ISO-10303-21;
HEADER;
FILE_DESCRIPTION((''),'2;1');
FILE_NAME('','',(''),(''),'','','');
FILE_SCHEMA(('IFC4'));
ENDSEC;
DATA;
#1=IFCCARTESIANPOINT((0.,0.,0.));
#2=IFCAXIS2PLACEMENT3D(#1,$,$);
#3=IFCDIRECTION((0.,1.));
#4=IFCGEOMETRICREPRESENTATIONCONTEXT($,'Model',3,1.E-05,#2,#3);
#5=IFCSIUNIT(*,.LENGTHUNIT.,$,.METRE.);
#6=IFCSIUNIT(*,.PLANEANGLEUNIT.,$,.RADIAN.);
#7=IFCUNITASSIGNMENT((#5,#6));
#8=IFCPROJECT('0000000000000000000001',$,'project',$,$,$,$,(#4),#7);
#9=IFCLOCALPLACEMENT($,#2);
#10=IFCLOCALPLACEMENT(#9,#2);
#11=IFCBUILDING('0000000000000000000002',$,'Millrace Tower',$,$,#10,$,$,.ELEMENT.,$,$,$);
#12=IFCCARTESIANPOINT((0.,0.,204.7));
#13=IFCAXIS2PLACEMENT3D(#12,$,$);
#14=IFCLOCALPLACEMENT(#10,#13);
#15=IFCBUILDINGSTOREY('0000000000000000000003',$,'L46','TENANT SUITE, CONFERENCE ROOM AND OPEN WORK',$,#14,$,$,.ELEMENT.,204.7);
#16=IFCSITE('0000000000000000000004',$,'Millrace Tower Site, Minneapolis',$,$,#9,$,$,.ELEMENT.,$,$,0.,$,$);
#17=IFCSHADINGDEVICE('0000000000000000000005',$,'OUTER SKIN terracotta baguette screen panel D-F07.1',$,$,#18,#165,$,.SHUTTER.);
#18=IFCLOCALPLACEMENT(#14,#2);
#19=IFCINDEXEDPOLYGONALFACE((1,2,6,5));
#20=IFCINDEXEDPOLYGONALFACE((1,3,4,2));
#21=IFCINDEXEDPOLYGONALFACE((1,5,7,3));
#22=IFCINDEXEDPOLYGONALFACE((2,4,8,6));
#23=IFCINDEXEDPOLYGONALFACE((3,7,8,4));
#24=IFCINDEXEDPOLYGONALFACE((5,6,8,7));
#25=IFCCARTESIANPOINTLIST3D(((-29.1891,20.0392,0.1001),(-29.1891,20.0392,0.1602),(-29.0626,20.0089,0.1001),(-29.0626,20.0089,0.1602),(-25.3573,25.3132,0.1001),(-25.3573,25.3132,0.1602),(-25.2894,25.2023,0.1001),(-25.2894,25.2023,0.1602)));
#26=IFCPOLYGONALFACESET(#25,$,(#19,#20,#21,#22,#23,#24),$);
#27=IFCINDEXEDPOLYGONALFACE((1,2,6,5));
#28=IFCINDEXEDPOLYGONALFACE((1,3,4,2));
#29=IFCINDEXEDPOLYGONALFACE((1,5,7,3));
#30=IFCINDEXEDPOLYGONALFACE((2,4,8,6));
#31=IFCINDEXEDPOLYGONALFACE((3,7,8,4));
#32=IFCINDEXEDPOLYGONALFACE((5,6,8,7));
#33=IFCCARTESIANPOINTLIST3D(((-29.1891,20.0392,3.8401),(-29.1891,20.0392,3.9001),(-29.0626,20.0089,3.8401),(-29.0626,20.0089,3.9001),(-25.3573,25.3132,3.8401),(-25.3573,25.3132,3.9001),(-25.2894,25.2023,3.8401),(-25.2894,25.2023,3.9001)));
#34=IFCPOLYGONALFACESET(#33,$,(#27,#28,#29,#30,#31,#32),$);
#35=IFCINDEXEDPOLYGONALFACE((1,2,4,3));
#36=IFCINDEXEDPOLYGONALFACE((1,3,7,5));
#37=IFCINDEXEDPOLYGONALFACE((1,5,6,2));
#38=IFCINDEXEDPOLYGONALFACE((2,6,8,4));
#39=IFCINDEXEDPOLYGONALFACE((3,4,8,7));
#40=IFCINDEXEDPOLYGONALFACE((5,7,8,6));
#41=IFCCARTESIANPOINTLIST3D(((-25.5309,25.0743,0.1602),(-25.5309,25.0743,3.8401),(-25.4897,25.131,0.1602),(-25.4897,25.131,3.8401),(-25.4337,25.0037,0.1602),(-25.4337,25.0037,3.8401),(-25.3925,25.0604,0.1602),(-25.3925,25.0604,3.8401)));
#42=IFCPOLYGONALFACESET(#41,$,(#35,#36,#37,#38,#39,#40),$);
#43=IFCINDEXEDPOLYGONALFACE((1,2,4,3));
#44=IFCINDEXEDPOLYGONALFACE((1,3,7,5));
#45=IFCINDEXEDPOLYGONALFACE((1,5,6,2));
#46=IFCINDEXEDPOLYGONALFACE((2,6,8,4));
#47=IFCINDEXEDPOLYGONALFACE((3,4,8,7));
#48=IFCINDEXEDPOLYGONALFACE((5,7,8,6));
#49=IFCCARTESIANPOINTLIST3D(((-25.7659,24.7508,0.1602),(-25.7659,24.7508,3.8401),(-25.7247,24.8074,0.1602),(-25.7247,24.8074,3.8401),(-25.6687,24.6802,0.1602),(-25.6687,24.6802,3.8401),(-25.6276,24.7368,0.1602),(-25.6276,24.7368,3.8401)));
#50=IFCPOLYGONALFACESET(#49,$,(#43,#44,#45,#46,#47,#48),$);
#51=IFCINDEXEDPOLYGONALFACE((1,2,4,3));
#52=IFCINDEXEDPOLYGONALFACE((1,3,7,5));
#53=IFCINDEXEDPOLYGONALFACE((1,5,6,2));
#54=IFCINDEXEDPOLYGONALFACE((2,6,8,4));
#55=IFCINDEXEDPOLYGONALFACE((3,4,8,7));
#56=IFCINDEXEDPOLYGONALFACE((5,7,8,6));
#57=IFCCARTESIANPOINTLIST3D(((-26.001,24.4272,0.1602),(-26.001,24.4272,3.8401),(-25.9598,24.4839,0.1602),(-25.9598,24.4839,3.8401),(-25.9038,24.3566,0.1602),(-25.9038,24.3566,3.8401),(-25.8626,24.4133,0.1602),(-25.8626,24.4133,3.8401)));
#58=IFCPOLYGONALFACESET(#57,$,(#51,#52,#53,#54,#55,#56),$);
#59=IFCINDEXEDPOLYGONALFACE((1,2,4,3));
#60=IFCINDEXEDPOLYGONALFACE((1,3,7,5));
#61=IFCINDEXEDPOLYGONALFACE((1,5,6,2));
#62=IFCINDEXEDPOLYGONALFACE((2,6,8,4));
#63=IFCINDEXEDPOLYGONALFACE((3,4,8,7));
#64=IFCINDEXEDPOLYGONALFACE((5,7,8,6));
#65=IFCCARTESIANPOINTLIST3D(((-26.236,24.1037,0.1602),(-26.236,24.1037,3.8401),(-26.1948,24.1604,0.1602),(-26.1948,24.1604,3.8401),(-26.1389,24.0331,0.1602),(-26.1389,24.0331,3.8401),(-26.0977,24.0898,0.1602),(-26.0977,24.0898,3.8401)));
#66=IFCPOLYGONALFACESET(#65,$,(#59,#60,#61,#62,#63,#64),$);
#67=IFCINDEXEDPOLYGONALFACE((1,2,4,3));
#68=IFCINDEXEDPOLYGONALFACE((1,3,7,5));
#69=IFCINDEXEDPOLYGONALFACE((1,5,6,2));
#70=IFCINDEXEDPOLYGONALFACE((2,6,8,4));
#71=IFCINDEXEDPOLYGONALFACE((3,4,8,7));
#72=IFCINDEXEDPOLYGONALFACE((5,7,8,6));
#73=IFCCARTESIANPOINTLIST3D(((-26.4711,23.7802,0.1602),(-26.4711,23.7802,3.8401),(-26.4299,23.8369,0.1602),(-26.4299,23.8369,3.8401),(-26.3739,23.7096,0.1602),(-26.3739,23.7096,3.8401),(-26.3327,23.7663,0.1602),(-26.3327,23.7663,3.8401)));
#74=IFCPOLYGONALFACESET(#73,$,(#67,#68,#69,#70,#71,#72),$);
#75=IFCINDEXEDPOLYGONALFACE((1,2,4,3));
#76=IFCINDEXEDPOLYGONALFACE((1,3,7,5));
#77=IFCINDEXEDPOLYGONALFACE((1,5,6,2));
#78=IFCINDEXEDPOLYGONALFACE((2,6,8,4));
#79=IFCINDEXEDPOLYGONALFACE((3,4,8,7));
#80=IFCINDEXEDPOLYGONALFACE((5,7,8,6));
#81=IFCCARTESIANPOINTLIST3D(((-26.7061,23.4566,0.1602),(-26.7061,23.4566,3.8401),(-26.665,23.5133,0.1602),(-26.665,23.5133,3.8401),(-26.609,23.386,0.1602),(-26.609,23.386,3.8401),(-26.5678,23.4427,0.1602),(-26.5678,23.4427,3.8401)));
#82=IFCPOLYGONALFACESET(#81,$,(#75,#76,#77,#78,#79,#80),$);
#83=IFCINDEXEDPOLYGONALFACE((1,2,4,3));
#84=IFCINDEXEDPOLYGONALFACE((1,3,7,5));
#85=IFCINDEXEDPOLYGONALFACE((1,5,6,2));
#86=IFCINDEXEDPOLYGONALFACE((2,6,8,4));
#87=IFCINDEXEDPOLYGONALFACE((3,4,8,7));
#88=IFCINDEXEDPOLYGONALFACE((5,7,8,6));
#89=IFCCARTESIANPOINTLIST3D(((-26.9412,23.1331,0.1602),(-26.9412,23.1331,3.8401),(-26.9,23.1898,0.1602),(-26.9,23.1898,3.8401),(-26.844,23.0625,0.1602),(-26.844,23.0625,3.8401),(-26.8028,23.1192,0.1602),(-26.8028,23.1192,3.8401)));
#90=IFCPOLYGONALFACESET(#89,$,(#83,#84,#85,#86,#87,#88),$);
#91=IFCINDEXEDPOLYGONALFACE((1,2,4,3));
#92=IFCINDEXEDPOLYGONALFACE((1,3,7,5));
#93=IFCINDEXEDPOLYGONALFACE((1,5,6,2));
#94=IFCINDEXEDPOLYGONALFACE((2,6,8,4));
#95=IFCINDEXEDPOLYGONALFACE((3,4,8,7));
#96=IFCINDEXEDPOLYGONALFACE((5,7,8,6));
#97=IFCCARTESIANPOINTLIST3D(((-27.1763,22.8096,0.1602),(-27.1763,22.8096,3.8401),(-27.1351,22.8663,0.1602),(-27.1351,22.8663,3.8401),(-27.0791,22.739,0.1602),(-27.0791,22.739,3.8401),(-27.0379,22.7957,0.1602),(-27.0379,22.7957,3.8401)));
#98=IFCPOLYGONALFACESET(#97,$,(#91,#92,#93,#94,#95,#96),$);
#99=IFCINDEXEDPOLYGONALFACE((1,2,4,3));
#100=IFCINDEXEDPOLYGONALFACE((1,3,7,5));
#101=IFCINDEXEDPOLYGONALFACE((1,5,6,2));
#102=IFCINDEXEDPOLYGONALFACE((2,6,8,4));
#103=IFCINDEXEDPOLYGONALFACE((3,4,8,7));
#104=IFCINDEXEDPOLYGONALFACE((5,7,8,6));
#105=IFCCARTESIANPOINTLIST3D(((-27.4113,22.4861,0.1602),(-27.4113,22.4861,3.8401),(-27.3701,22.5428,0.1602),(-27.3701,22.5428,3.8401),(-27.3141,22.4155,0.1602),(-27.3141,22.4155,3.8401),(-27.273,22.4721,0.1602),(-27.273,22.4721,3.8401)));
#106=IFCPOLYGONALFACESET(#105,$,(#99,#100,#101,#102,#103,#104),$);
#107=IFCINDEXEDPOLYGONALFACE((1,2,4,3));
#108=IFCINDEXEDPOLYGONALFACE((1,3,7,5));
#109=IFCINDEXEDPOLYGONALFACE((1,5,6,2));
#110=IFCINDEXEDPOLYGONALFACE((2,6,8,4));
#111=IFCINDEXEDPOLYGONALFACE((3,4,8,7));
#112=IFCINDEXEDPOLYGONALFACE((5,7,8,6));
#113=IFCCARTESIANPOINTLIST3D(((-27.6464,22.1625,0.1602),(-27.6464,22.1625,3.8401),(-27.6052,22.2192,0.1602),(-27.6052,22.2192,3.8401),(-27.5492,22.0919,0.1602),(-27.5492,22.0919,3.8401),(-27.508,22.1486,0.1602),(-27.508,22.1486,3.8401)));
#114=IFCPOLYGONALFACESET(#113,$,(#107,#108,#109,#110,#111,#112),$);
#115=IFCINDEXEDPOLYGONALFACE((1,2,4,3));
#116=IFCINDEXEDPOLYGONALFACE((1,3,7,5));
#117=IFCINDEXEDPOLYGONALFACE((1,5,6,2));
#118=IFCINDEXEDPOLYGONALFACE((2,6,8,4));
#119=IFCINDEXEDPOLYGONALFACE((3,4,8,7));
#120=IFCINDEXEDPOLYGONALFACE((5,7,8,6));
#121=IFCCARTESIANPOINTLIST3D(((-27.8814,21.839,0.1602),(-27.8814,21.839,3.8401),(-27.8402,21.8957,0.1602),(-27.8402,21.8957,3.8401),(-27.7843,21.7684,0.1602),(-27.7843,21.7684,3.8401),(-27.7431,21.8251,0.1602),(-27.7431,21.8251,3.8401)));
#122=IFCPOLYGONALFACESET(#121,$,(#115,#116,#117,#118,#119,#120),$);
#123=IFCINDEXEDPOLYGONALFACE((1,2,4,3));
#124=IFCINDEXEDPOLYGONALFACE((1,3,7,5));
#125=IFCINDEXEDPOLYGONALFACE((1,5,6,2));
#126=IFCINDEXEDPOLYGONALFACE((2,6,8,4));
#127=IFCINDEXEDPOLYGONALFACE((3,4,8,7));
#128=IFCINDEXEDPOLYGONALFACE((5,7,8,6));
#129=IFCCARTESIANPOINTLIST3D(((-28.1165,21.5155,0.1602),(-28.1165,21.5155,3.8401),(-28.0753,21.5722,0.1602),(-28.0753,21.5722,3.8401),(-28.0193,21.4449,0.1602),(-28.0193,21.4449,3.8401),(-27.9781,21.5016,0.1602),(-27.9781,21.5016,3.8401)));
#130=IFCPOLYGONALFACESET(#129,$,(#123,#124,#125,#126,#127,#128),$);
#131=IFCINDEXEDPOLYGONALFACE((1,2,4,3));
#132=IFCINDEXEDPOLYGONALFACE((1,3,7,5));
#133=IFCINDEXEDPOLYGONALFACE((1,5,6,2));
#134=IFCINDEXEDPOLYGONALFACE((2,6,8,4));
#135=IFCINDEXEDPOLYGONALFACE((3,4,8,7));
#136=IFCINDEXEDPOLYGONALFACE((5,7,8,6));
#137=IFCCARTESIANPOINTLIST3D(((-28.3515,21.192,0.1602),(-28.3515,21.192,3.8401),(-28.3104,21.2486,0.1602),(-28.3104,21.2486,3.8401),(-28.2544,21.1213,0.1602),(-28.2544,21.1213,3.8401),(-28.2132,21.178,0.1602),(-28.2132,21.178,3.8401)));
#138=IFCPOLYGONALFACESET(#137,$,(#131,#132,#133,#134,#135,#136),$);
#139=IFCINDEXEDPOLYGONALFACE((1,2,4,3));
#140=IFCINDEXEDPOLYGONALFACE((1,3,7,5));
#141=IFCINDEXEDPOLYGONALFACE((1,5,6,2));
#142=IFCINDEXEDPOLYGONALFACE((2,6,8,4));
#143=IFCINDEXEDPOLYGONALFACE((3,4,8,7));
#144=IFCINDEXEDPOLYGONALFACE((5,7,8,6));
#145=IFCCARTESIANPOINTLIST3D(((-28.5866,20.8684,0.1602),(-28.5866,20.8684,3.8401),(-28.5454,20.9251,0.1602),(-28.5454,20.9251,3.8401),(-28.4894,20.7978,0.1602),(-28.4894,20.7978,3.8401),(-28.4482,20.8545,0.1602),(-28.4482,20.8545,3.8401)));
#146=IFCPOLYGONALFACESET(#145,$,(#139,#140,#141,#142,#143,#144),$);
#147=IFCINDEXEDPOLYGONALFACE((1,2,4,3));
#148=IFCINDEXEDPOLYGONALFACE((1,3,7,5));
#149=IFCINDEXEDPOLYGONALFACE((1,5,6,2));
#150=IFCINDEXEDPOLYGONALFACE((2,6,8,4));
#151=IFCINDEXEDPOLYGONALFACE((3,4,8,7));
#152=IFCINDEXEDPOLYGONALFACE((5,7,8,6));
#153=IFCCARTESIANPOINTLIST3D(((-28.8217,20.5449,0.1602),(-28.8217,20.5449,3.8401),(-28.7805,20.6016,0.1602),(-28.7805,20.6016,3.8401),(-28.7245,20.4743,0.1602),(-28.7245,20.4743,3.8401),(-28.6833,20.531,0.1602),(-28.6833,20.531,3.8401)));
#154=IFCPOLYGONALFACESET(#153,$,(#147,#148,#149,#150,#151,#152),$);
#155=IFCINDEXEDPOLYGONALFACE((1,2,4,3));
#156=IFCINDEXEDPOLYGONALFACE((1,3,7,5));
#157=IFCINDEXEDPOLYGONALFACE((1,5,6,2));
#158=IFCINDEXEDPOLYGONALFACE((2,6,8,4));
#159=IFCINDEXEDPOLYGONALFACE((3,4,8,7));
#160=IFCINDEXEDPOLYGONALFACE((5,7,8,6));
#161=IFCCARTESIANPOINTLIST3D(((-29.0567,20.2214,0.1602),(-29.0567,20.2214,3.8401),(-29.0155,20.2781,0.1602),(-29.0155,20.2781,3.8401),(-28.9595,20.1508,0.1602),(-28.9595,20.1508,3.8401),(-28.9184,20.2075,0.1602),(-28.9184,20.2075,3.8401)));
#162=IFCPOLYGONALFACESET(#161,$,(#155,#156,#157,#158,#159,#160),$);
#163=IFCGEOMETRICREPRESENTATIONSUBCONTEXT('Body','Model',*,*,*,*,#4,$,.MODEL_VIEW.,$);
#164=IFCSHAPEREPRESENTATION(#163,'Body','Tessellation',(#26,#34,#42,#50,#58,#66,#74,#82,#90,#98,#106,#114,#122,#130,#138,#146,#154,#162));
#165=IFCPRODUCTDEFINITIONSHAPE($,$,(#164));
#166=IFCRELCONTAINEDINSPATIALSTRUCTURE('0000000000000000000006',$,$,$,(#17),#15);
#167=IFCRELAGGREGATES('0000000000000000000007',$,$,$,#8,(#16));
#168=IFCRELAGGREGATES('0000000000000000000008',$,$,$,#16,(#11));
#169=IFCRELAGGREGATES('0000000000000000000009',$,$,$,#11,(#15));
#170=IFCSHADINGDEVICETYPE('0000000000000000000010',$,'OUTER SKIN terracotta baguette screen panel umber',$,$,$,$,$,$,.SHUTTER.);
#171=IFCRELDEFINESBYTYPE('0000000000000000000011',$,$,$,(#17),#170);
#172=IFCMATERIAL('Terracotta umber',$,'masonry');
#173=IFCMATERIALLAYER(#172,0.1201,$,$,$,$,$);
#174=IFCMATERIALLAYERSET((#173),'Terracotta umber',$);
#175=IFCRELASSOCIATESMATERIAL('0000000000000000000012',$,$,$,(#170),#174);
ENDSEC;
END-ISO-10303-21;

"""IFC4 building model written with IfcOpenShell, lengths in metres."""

from ifc_helpers import new_model, entity, si_unit, direction, frame, frame_2d, origin, place, context, subcontext, project, spatial, rectangle, extrude, source, transform, mapped, material, layer, layer_set, type_object, element, save


model = new_model("IFC4")

# Units and contexts
model_context = context("Model", 3, precision=1e-05, world=origin(), true_north=direction((0.0, 1.0)))
body_context = subcontext(model_context, "Body", "Model", "MODEL_VIEW")
ifc_project = project(units=[si_unit("LENGTHUNIT", "METRE"), si_unit("PLANEANGLEUNIT", "RADIAN")], contexts=[model_context])

# Site, building, storey
site_placement = place(None, origin())
site = spatial("IfcSite", under=ifc_project, at=site_placement, Name="Millrace Tower Site, Minneapolis", CompositionType="ELEMENT", RefElevation=0.0)
building_placement = place(site_placement, origin())
building = spatial("IfcBuilding", under=site, at=building_placement, Name="Millrace Tower", CompositionType="ELEMENT")
storey_placement = place(building_placement, frame((0.0, 0.0, 204.7)))
storey = spatial("IfcBuildingStorey", under=building, at=storey_placement, Name="L46", Description="TENANT SUITE, CONFERENCE ROOM AND OPEN WORK", CompositionType="ELEMENT", Elevation=204.7)

# Shading device
ifc_material_1 = material(Name="Terracotta umber", Category="masonry")
ifc_layer_1 = layer(ifc_material_1, 0.1201)
ifc_layer_set_1 = layer_set([ifc_layer_1], Name="Terracotta umber")
shading_device_type = type_object("IfcShadingDeviceType", Name="OUTER SKIN terracotta baguette screen panel umber", PredefinedType="SHUTTER", material=ifc_layer_set_1)
cartesian_point_1 = entity("IfcCartesianPoint", [-3.2097, 0.0601])
shared_polyline_1 = entity("IfcPolyline", [cartesian_point_1, entity("IfcCartesianPoint", [3.2097, 0.0601]), entity("IfcCartesianPoint", [3.2595, -0.0601]), entity("IfcCartesianPoint", [-3.2595, -0.0601]), cartesian_point_1])
shared_shape_1 = source(origin(), body_context, "Body", "SweptSolid", [
    entity("IfcExtrudedAreaSolid", entity("IfcArbitraryClosedProfileDef", "AREA", None, shared_polyline_1), entity("IfcAxis2Placement3D", entity("IfcCartesianPoint", [0.0, 0.0, 0.0])), entity("IfcDirection", [0.0, 0.0, 1.0]), 0.0601),
    entity("IfcExtrudedAreaSolid", entity("IfcArbitraryClosedProfileDef", "AREA", None, shared_polyline_1), entity("IfcAxis2Placement3D", entity("IfcCartesianPoint", [0.0, 0.0, 3.74])), entity("IfcDirection", [0.0, 0.0, 1.0]), 0.0601),
    extrude(rectangle(XDim=0.0701, YDim=0.1201, at=frame_2d((-2.9993, 0.0))), frame((0.0, 0.0, 0.0601)), (0.0, 0.0, 1.0), 3.6799),
    extrude(rectangle(XDim=0.0701, YDim=0.1201, at=frame_2d((-2.5994, 0.0))), frame((0.0, 0.0, 0.0601)), (0.0, 0.0, 1.0), 3.6799),
    extrude(rectangle(XDim=0.0701, YDim=0.1201, at=frame_2d((-2.1995, 0.0))), frame((0.0, 0.0, 0.0601)), (0.0, 0.0, 1.0), 3.6799),
    extrude(rectangle(XDim=0.0701, YDim=0.1201, at=frame_2d((-1.7996, 0.0))), frame((0.0, 0.0, 0.0601)), (0.0, 0.0, 1.0), 3.6799),
    extrude(rectangle(XDim=0.0701, YDim=0.1201, at=frame_2d((-1.3997, 0.0))), frame((0.0, 0.0, 0.0601)), (0.0, 0.0, 1.0), 3.6799),
    extrude(rectangle(XDim=0.0701, YDim=0.1201, at=frame_2d((-0.9998, 0.0))), frame((0.0, 0.0, 0.0601)), (0.0, 0.0, 1.0), 3.6799),
    extrude(rectangle(XDim=0.0701, YDim=0.1201, at=frame_2d((-0.5999, 0.0))), frame((0.0, 0.0, 0.0601)), (0.0, 0.0, 1.0), 3.6799),
    extrude(rectangle(XDim=0.0701, YDim=0.1201, at=frame_2d((-0.2, 0.0))), frame((0.0, 0.0, 0.0601)), (0.0, 0.0, 1.0), 3.6799),
    extrude(rectangle(XDim=0.0701, YDim=0.1201, at=frame_2d((0.2, 0.0))), frame((0.0, 0.0, 0.0601)), (0.0, 0.0, 1.0), 3.6799),
    extrude(rectangle(XDim=0.0701, YDim=0.1201, at=frame_2d((0.5999, 0.0))), frame((0.0, 0.0, 0.0601)), (0.0, 0.0, 1.0), 3.6799),
    extrude(rectangle(XDim=0.0701, YDim=0.1201, at=frame_2d((0.9998, 0.0))), frame((0.0, 0.0, 0.0601)), (0.0, 0.0, 1.0), 3.6799),
    extrude(rectangle(XDim=0.0701, YDim=0.1201, at=frame_2d((1.3997, 0.0))), frame((0.0, 0.0, 0.0601)), (0.0, 0.0, 1.0), 3.6799),
    extrude(rectangle(XDim=0.0701, YDim=0.1201, at=frame_2d((1.7996, 0.0))), frame((0.0, 0.0, 0.0601)), (0.0, 0.0, 1.0), 3.6799),
    extrude(rectangle(XDim=0.0701, YDim=0.1201, at=frame_2d((2.1995, 0.0))), frame((0.0, 0.0, 0.0601)), (0.0, 0.0, 1.0), 3.6799),
    extrude(rectangle(XDim=0.0701, YDim=0.1201, at=frame_2d((2.5994, 0.0))), frame((0.0, 0.0, 0.0601)), (0.0, 0.0, 1.0), 3.6799),
    extrude(rectangle(XDim=0.0701, YDim=0.1201, at=frame_2d((2.9993, 0.0))), frame((0.0, 0.0, 0.0601)), (0.0, 0.0, 1.0), 3.6799),
])
shading_device_1_placement = place(storey_placement, frame((-27.2246, 22.6409, 0.1001), z_axis=(0.0, 0.0, 1.0), x_axis=(-0.587785, -0.809017, 0.0)))
element("IfcShadingDevice", 1, at=shading_device_1_placement, inside=storey, type_object=shading_device_type, Name="OUTER SKIN terracotta baguette screen panel D-F07.1", PredefinedType="SHUTTER", context=body_context, shape_type="MappedRepresentation", body=[
    mapped(shared_shape_1, transform((0.0, 0.0, 0.0), scale=1.0)),
])

save(model, "model.ifc")
